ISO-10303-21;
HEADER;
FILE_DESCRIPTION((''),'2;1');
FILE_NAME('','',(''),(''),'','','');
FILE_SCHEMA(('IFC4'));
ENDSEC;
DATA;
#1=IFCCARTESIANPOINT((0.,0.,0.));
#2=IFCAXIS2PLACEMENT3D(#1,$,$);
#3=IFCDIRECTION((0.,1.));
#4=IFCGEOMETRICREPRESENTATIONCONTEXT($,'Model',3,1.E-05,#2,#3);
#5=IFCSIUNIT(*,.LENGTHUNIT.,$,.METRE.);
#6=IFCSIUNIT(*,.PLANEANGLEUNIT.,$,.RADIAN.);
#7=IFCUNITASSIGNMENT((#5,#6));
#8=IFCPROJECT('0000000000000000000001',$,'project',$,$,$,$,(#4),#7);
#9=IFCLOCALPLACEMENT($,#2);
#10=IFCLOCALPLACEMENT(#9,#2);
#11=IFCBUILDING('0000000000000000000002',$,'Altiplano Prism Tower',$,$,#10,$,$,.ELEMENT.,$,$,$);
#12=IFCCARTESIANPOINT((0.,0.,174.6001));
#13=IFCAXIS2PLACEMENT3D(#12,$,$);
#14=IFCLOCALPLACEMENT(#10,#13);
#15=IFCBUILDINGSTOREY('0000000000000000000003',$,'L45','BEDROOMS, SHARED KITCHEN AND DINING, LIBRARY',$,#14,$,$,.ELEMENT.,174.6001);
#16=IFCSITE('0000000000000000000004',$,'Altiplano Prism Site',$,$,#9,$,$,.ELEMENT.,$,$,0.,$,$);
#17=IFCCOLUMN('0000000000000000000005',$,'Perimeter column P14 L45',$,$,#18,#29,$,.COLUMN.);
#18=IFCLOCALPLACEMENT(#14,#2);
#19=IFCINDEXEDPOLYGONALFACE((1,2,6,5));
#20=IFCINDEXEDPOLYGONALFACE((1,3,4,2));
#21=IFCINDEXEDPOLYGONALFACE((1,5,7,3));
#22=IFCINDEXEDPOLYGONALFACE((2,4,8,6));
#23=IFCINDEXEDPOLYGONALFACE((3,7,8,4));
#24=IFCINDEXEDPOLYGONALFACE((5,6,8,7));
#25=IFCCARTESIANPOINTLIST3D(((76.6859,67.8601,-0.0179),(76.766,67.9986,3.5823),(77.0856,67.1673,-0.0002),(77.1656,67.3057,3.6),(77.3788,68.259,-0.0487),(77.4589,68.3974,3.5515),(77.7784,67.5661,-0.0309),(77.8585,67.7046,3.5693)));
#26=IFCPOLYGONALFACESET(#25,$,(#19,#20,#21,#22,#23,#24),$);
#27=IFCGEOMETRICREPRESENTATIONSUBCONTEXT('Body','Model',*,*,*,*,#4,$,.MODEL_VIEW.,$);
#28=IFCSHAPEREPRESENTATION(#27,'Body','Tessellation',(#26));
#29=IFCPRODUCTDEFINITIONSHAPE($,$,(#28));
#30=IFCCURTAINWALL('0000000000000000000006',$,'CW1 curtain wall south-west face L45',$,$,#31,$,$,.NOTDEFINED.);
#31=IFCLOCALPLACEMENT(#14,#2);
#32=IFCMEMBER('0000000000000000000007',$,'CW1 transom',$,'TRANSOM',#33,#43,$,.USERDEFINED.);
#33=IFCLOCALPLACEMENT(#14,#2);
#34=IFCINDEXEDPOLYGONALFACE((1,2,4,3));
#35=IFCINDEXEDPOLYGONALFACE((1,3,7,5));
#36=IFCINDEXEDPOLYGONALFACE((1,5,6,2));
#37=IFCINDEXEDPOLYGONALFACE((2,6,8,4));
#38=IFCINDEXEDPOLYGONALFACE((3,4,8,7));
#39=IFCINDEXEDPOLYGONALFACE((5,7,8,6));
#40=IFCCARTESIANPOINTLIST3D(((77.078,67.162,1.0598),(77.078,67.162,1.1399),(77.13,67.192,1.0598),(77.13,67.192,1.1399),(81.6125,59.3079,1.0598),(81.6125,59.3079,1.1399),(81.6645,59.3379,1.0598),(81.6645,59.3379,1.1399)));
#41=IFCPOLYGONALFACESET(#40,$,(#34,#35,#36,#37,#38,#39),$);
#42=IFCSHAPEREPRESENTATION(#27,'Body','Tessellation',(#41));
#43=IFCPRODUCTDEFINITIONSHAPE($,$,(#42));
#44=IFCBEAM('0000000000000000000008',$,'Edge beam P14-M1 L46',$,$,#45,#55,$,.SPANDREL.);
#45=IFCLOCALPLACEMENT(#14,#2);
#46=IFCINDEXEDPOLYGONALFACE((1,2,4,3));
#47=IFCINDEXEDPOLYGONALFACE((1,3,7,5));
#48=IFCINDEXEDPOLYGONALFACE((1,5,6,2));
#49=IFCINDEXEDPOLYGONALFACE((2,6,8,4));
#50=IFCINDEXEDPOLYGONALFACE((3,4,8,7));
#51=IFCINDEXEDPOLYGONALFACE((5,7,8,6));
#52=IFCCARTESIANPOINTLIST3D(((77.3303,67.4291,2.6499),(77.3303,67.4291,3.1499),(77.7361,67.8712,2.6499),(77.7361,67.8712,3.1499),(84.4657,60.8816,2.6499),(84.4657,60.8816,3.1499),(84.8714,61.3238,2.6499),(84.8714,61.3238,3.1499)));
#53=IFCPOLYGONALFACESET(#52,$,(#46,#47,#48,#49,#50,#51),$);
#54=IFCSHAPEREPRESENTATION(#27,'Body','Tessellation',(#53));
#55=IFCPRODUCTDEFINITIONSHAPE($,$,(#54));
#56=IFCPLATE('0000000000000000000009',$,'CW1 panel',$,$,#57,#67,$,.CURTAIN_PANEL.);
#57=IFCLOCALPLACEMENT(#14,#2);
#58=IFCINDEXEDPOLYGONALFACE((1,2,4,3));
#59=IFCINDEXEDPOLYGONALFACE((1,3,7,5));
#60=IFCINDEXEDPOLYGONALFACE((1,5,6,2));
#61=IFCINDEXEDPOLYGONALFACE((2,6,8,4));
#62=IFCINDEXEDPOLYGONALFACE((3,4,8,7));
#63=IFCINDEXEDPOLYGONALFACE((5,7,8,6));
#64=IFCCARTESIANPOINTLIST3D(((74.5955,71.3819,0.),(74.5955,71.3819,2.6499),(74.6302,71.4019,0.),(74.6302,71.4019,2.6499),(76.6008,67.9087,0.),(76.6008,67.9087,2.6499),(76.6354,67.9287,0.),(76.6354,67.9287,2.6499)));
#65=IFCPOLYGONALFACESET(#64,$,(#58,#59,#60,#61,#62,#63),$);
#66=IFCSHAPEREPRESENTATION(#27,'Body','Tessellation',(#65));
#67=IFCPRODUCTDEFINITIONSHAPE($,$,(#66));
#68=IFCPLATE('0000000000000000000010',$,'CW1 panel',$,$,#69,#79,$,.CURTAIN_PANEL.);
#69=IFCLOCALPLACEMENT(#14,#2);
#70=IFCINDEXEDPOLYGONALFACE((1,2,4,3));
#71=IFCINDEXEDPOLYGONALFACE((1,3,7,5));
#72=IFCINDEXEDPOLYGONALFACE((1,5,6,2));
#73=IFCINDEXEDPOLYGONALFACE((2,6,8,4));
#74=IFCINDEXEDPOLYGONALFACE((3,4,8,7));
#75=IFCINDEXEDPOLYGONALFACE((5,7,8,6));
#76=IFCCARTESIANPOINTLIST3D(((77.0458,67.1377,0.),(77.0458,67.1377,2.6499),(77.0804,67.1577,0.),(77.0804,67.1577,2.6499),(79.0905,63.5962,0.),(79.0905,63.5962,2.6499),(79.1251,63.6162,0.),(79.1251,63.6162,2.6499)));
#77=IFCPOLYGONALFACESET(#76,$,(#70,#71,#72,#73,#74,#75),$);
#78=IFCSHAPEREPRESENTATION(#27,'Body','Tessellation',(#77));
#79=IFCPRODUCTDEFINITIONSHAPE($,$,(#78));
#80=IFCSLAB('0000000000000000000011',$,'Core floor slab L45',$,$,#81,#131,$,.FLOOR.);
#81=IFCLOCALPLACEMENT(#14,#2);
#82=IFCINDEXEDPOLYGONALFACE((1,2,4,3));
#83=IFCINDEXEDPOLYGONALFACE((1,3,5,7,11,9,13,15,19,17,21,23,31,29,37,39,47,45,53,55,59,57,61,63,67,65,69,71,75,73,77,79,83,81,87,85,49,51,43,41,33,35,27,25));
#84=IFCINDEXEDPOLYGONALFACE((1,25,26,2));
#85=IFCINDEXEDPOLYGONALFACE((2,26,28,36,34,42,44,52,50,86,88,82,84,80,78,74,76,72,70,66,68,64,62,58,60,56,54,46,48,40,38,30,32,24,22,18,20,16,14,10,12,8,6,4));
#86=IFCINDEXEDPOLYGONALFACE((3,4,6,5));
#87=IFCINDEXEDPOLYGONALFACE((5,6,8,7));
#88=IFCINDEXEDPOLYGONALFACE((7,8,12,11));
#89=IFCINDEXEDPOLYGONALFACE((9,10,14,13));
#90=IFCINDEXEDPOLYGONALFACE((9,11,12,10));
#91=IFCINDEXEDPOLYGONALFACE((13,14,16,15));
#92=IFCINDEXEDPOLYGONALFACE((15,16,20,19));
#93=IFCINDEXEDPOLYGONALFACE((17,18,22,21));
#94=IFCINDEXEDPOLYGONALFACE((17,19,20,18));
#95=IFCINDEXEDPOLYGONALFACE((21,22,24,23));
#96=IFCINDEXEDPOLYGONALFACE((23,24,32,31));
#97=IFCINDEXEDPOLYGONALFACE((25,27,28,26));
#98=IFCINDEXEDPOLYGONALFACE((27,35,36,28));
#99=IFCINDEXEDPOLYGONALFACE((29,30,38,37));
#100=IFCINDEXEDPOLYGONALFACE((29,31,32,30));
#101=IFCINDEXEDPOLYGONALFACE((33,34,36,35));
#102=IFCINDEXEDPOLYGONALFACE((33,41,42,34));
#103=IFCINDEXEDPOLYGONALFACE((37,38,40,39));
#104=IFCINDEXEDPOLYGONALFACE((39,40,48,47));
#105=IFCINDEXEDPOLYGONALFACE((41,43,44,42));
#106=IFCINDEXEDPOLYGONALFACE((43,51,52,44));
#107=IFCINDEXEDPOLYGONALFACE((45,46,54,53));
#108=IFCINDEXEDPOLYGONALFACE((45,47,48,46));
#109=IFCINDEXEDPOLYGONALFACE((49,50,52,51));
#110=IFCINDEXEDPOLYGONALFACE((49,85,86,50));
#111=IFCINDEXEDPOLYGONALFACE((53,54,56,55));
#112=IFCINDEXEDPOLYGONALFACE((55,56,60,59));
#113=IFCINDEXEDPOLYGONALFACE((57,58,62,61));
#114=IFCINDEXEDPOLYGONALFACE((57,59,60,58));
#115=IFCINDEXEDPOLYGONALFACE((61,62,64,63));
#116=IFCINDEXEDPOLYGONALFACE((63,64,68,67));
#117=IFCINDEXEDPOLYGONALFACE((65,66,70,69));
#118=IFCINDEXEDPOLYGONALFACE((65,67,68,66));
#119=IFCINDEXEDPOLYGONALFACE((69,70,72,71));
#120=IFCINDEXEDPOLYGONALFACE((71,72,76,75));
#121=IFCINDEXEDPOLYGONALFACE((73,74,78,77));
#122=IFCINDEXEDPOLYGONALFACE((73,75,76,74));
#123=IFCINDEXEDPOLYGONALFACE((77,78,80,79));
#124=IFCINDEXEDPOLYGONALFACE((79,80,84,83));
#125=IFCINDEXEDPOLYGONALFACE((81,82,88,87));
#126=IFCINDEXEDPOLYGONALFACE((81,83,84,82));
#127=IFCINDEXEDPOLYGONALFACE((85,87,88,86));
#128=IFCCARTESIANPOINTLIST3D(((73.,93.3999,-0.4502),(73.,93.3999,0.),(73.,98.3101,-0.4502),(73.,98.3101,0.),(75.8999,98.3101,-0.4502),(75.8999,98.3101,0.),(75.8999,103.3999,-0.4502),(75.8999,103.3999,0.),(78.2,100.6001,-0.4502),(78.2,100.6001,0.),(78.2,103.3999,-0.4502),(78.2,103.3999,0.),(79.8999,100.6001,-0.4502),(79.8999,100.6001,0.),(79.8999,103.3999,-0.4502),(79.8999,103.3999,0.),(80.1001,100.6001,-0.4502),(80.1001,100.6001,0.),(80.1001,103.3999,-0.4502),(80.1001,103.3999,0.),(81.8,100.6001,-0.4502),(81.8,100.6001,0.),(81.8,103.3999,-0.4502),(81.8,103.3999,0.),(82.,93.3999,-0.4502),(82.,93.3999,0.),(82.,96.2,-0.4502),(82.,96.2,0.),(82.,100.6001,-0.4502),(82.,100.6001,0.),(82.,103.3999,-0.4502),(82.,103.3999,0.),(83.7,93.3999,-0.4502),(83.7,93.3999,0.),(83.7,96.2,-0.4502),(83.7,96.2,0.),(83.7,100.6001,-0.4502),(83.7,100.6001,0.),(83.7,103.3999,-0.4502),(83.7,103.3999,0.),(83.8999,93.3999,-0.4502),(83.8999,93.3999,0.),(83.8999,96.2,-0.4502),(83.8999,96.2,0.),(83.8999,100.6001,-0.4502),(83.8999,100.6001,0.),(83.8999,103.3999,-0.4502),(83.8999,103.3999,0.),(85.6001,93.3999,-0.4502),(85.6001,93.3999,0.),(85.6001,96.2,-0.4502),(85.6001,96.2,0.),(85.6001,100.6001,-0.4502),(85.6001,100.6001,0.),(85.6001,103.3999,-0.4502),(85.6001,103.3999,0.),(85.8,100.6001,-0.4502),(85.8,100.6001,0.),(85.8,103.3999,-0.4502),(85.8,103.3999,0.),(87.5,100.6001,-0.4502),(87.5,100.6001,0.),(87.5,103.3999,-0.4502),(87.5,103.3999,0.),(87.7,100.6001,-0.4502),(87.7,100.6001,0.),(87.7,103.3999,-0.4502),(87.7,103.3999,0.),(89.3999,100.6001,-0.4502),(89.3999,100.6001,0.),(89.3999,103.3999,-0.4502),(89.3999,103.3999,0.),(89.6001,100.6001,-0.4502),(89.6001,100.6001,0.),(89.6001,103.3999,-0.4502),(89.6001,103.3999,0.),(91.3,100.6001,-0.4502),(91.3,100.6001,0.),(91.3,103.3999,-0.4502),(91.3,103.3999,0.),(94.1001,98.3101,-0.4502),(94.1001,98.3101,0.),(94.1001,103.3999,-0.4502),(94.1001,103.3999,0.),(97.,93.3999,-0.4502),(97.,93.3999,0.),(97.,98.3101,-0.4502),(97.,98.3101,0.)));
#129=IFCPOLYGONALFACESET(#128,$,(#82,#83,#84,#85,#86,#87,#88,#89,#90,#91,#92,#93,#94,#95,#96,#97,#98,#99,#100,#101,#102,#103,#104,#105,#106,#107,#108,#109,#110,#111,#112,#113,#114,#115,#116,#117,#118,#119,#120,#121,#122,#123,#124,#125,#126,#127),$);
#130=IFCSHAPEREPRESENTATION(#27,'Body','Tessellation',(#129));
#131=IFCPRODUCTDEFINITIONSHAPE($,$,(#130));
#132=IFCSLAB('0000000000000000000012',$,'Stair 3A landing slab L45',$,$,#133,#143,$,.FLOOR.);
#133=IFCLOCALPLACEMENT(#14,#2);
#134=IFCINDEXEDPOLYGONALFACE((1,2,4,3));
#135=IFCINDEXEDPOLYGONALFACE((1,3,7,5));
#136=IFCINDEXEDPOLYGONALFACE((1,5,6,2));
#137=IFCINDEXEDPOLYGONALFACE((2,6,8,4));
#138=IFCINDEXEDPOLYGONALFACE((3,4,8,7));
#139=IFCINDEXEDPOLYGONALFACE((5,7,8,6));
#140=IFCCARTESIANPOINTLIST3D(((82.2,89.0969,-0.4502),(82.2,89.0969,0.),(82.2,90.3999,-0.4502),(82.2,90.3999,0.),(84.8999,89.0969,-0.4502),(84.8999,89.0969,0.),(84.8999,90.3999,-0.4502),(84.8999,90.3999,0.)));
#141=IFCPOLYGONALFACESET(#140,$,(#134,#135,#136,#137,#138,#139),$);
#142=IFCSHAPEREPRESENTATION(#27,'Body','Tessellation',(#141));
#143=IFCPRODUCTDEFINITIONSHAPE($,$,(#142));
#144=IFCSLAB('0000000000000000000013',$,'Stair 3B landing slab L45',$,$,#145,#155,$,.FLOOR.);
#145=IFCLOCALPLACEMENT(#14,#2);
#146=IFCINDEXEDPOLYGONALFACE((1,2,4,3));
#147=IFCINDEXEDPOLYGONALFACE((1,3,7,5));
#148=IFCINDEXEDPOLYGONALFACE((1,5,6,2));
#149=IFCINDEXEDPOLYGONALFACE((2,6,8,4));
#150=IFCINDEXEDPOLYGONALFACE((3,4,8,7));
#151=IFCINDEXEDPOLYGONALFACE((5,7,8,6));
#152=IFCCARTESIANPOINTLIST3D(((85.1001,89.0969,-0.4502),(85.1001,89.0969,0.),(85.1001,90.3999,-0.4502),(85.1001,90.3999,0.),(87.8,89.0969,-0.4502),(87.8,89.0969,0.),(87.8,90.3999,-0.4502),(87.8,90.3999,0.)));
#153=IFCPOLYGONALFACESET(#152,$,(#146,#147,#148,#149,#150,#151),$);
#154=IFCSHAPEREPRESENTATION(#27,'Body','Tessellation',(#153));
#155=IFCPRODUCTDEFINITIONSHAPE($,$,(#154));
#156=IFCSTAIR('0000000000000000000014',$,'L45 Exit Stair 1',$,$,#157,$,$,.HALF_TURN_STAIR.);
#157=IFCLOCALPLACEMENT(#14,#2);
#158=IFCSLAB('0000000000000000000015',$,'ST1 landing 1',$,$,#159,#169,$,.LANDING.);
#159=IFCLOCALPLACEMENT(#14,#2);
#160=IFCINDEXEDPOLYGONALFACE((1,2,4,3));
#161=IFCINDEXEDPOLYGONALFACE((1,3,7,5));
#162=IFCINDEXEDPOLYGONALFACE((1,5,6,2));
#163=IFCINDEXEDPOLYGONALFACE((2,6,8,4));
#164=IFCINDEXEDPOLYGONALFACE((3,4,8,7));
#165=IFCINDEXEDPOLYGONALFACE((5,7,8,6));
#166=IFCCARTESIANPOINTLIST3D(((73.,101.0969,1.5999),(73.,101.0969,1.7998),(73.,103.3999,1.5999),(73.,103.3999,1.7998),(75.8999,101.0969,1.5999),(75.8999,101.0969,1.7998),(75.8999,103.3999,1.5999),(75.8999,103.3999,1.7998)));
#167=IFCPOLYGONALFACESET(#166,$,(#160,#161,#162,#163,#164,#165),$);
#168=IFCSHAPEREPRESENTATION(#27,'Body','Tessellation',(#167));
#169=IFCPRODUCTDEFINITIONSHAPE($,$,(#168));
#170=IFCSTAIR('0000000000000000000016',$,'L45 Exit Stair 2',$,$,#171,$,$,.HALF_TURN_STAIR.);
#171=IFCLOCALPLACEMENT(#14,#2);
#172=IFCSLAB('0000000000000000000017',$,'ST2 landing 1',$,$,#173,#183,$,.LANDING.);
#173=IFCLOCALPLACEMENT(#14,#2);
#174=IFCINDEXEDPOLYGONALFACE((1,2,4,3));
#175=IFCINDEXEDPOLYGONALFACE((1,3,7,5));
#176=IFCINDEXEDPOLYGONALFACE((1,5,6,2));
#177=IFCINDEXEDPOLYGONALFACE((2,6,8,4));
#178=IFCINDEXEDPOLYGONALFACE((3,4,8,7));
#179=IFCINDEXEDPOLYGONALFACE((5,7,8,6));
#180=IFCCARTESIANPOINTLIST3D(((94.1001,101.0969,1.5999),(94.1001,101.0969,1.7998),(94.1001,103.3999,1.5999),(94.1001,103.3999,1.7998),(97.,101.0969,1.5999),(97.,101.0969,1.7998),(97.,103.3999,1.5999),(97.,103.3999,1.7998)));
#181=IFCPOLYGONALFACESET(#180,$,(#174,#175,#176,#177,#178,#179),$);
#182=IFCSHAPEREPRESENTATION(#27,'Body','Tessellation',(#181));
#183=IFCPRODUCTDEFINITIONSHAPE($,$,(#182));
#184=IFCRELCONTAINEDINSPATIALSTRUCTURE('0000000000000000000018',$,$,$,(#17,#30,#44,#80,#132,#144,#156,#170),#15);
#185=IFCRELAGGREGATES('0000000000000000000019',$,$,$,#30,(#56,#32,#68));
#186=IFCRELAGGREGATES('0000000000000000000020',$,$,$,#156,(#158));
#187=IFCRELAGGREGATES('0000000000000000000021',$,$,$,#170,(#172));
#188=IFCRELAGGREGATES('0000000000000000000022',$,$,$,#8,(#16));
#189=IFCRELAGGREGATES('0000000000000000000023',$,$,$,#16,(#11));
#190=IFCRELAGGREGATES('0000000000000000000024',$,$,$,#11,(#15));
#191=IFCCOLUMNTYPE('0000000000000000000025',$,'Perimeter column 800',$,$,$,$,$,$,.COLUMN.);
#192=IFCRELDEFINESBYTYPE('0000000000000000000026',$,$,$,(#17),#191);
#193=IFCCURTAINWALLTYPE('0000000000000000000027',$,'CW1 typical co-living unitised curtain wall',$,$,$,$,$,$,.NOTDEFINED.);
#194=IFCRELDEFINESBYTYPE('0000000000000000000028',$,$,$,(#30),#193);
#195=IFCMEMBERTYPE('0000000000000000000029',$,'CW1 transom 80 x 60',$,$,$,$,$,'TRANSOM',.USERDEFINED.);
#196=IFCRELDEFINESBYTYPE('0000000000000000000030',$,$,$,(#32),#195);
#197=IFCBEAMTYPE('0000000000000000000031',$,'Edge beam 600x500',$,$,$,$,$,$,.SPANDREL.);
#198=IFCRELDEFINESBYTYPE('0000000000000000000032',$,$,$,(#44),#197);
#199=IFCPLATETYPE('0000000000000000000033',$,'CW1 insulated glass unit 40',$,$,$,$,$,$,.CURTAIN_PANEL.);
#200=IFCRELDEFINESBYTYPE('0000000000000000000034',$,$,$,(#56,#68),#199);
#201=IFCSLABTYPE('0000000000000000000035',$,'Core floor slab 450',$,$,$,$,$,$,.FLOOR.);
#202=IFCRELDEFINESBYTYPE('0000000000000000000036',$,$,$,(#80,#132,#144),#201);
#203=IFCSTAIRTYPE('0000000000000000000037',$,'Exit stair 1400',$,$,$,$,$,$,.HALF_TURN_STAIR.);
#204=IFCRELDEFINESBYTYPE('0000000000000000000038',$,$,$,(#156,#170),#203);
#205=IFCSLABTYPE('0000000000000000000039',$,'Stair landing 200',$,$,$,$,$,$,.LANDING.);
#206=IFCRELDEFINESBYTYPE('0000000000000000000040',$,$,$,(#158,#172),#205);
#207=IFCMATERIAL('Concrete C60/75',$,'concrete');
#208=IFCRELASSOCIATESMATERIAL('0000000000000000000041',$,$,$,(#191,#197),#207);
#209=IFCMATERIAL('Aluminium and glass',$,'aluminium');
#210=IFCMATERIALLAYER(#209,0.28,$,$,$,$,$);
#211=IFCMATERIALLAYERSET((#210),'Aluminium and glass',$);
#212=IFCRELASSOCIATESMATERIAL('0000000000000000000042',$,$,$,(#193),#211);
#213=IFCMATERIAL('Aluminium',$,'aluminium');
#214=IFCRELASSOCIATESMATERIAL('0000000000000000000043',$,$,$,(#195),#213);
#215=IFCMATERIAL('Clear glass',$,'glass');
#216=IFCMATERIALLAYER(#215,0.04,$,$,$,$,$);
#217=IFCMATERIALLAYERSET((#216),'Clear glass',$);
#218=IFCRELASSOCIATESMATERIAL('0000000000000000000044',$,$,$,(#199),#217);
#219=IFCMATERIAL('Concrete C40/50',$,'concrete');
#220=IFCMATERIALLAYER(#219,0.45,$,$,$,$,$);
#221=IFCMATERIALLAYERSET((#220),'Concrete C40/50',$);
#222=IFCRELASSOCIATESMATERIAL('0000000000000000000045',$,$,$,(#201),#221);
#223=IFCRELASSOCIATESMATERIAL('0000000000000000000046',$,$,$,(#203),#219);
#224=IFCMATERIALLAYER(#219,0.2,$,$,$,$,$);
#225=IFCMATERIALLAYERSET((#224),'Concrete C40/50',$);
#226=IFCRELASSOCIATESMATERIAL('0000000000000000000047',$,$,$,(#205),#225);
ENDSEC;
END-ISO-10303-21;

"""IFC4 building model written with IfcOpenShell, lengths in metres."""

from ifc_helpers import new_model, si_unit, direction, frame, origin, origin_2d, place, context, subcontext, project, spatial, polyline, rectangle, outline, extrude, material, layer, layer_set, material_profile, profile_set, type_object, element, aggregate, save


model = new_model("IFC4")

# Units and contexts
model_context = context("Model", 3, precision=1e-05, world=origin(), true_north=direction((0.0, 1.0)))
body_context = subcontext(model_context, "Body", "Model", "MODEL_VIEW")
ifc_project = project(units=[si_unit("LENGTHUNIT", "METRE"), si_unit("PLANEANGLEUNIT", "RADIAN")], contexts=[model_context])

# Site, building, storey
site_placement = place(None, origin())
site = spatial("IfcSite", under=ifc_project, at=site_placement, Name="Altiplano Prism Site", CompositionType="ELEMENT", RefElevation=0.0)
building_placement = place(site_placement, origin())
building = spatial("IfcBuilding", under=site, at=building_placement, Name="Altiplano Prism Tower", CompositionType="ELEMENT")
storey_placement = place(building_placement, frame((0.0, 0.0, 174.6001)))
storey = spatial("IfcBuildingStorey", under=building, at=storey_placement, Name="L45", Description="BEDROOMS, SHARED KITCHEN AND DINING, LIBRARY", CompositionType="ELEMENT", Elevation=174.6001)

# Column
ifc_material_1 = material(Name="Concrete C60/75", Category="concrete")
ifc_material_profile_1 = material_profile(ifc_material_1, rectangle(XDim=0.8, YDim=0.8, at=origin_2d()), Name="Perimeter column 800")
ifc_profile_set_1 = profile_set([ifc_material_profile_1], Name="Concrete C60/75")
column_type = type_object("IfcColumnType", Name="Perimeter column 800", PredefinedType="COLUMN", material=ifc_profile_set_1)
column_placement = place(storey_placement, frame((77.2322, 67.7131, -0.0244), z_axis=(0.022221, 0.038413, 0.999015), x_axis=(-0.86602, -0.49853, 0.038432)))
element("IfcColumn", 1, at=column_placement, inside=storey, type_object=column_type, Name="Perimeter column P14 L45", PredefinedType="COLUMN", context=body_context, shape_type="SweptSolid", body=[
    extrude(rectangle(XDim=0.8, YDim=0.8, at=origin_2d()), origin(), (0.0, 0.0, 1.0), 3.6038),
])

# Curtain wall, member
ifc_material_2 = material(Name="Aluminium and glass", Category="aluminium")
ifc_layer_1 = layer(ifc_material_2, 0.28)
ifc_layer_set_1 = layer_set([ifc_layer_1], Name="Aluminium and glass")
curtain_wall_type = type_object("IfcCurtainWallType", Name="CW1 typical co-living unitised curtain wall", PredefinedType="NOTDEFINED", material=ifc_layer_set_1)
curtain_wall_placement = place(storey_placement, origin())
curtain_wall = element("IfcCurtainWall", 2, at=curtain_wall_placement, inside=storey, type_object=curtain_wall_type, Name="CW1 curtain wall south-west face L45", PredefinedType="NOTDEFINED")
ifc_material_3 = material(Name="Aluminium", Category="aluminium")
ifc_material_profile_2 = material_profile(ifc_material_3, rectangle(XDim=0.0601, YDim=0.0801, at=origin_2d()), Name="CW1 transom 80 x 60")
ifc_profile_set_2 = profile_set([ifc_material_profile_2], Name="Aluminium")
member_type = type_object("IfcMemberType", Name="CW1 transom 80 x 60", ElementType="TRANSOM", PredefinedType="USERDEFINED", material=ifc_profile_set_2)
member_placement = place(storey_placement, frame((77.104, 67.177, 1.0999), z_axis=(0.499993, -0.86603, 0.0), x_axis=(0.86603, 0.499993, 0.0)))
member = element("IfcMember", 3, at=member_placement, type_object=member_type, Name="CW1 transom", ObjectType="TRANSOM", PredefinedType="USERDEFINED", context=body_context, shape_type="SweptSolid", body=[
    extrude(rectangle(XDim=0.0601, YDim=0.0801, at=origin_2d()), origin(), (0.0, 0.0, 1.0), 9.0691),
])

# Beam
ifc_material_profile_3 = material_profile(ifc_material_1, rectangle(XDim=0.6001, YDim=0.5, at=origin_2d()), Name="Edge beam 600x500")
ifc_profile_set_3 = profile_set([ifc_material_profile_3], Name="Concrete C60/75")
beam_type = type_object("IfcBeamType", Name="Edge beam 600x500", PredefinedType="SPANDREL", material=ifc_profile_set_3)
beam_placement = place(storey_placement, frame((77.5332, 67.6501, 2.8999), z_axis=(0.736809, -0.676101, 0.0), x_axis=(0.676101, 0.736809, 0.0)))
element("IfcBeam", 4, at=beam_placement, inside=storey, type_object=beam_type, Name="Edge beam P14-M1 L46", PredefinedType="SPANDREL", context=body_context, shape_type="SweptSolid", body=[
    extrude(rectangle(XDim=0.6001, YDim=0.5, at=origin_2d()), origin(), (0.0, 0.0, 1.0), 9.6841),
])

# Plates
ifc_material_4 = material(Name="Clear glass", Category="glass")
ifc_layer_2 = layer(ifc_material_4, 0.04)
ifc_layer_set_2 = layer_set([ifc_layer_2], Name="Clear glass")
plate_type = type_object("IfcPlateType", Name="CW1 insulated glass unit 40", PredefinedType="CURTAIN_PANEL", material=ifc_layer_set_2)
plate_1_placement = place(storey_placement, frame((75.6155, 69.6553, 0.0), z_axis=(0.0, 0.0, 1.0), x_axis=(0.5, -0.866025, 0.0)))
plate_1 = element("IfcPlate", 5, at=plate_1_placement, type_object=plate_type, Name="CW1 panel", PredefinedType="CURTAIN_PANEL", context=body_context, shape_type="SweptSolid", body=[
    extrude(rectangle(XDim=4.0105, YDim=0.04, at=origin_2d()), origin(), (0.0, 0.0, 1.0), 2.6499),
])
plate_2_placement = place(storey_placement, frame((78.0854, 65.377, 0.0), z_axis=(0.0, 0.0, 1.0), x_axis=(0.5, -0.866025, 0.0)))
plate_2 = element("IfcPlate", 6, at=plate_2_placement, type_object=plate_type, Name="CW1 panel", PredefinedType="CURTAIN_PANEL", context=body_context, shape_type="SweptSolid", body=[
    extrude(rectangle(XDim=4.0894, YDim=0.04, at=origin_2d()), origin(), (0.0, 0.0, 1.0), 2.6499),
])
aggregate(curtain_wall, [plate_1, member, plate_2])

# Slabs
ifc_material_5 = material(Name="Concrete C40/50", Category="concrete")
ifc_layer_3 = layer(ifc_material_5, 0.45)
ifc_layer_set_3 = layer_set([ifc_layer_3], Name="Concrete C40/50")
slab_type_1 = type_object("IfcSlabType", Name="Core floor slab 450", PredefinedType="FLOOR", material=ifc_layer_set_3)
slab_1_placement = place(storey_placement, frame((0.0, 0.0, -0.4502)))
element("IfcSlab", 7, at=slab_1_placement, inside=storey, type_object=slab_type_1, Name="Core floor slab L45", PredefinedType="FLOOR", context=body_context, shape_type="SweptSolid", body=[
    extrude(outline(polyline([(97.0, 98.3101), (94.1001, 98.3101), (94.1001, 103.3999), (91.3, 103.3999), (91.3, 100.6001), (89.6001, 100.6001), (89.6001, 103.3999), (89.3999, 103.3999), (89.3999, 100.6001), (87.7, 100.6001), (87.7, 103.3999), (87.5, 103.3999), (87.5, 100.6001), (85.8, 100.6001), (85.8, 103.3999), (85.6001, 103.3999), (85.6001, 100.6001), (83.8999, 100.6001), (83.8999, 103.3999), (83.7, 103.3999), (83.7, 100.6001), (82.0, 100.6001), (82.0, 103.3999), (81.8, 103.3999), (81.8, 100.6001), (80.1001, 100.6001), (80.1001, 103.3999), (79.8999, 103.3999), (79.8999, 100.6001), (78.2, 100.6001), (78.2, 103.3999), (75.8999, 103.3999), (75.8999, 98.3101), (73.0, 98.3101), (73.0, 93.3999), (82.0, 93.3999), (82.0, 96.2), (83.7, 96.2), (83.7, 93.3999), (83.8999, 93.3999), (83.8999, 96.2), (85.6001, 96.2), (85.6001, 93.3999), (97.0, 93.3999), (97.0, 98.3101)])), origin(), (0.0, 0.0, 1.0), 0.4502),
])
slab_2_placement = place(storey_placement, frame((0.0, 0.0, -0.4502)))
element("IfcSlab", 8, at=slab_2_placement, inside=storey, type_object=slab_type_1, Name="Stair 3A landing slab L45", PredefinedType="FLOOR", context=body_context, shape_type="SweptSolid", body=[
    extrude(outline(polyline([(82.2, 89.0969), (84.8999, 89.0969), (84.8999, 90.3999), (82.2, 90.3999), (82.2, 89.0969)])), origin(), (0.0, 0.0, 1.0), 0.4502),
])
slab_3_placement = place(storey_placement, frame((0.0, 0.0, -0.4502)))
element("IfcSlab", 9, at=slab_3_placement, inside=storey, type_object=slab_type_1, Name="Stair 3B landing slab L45", PredefinedType="FLOOR", context=body_context, shape_type="SweptSolid", body=[
    extrude(outline(polyline([(85.1001, 89.0969), (87.8, 89.0969), (87.8, 90.3999), (85.1001, 90.3999), (85.1001, 89.0969)])), origin(), (0.0, 0.0, 1.0), 0.4502),
])

# Stairs, slabs
stair_type_1 = type_object("IfcStairType", Name="Exit stair 1400", PredefinedType="HALF_TURN_STAIR", material=ifc_material_5)
stair_1_placement = place(storey_placement, origin())
stair_1 = element("IfcStair", 10, at=stair_1_placement, inside=storey, type_object=stair_type_1, Name="L45 Exit Stair 1", PredefinedType="HALF_TURN_STAIR")
ifc_layer_4 = layer(ifc_material_5, 0.2)
ifc_layer_set_4 = layer_set([ifc_layer_4], Name="Concrete C40/50")
slab_type_2 = type_object("IfcSlabType", Name="Stair landing 200", PredefinedType="LANDING", material=ifc_layer_set_4)
slab_4_placement = place(storey_placement, frame((0.0, 0.0, 1.5999)))
slab_4 = element("IfcSlab", 11, at=slab_4_placement, type_object=slab_type_2, Name="ST1 landing 1", PredefinedType="LANDING", context=body_context, shape_type="SweptSolid", body=[
    extrude(outline(polyline([(75.8999, 101.0969), (75.8999, 103.3999), (73.0, 103.3999), (73.0, 101.0969), (75.8999, 101.0969)])), origin(), (0.0, 0.0, 1.0), 0.2),
])
aggregate(stair_1, [slab_4])
stair_2_placement = place(storey_placement, origin())
stair_2 = element("IfcStair", 12, at=stair_2_placement, inside=storey, type_object=stair_type_1, Name="L45 Exit Stair 2", PredefinedType="HALF_TURN_STAIR")
slab_5_placement = place(storey_placement, frame((0.0, 0.0, 1.5999)))
slab_5 = element("IfcSlab", 13, at=slab_5_placement, type_object=slab_type_2, Name="ST2 landing 1", PredefinedType="LANDING", context=body_context, shape_type="SweptSolid", body=[
    extrude(outline(polyline([(97.0, 101.0969), (97.0, 103.3999), (94.1001, 103.3999), (94.1001, 101.0969), (97.0, 101.0969)])), origin(), (0.0, 0.0, 1.0), 0.2),
])
aggregate(stair_2, [slab_5])

save(model, "model.ifc")
